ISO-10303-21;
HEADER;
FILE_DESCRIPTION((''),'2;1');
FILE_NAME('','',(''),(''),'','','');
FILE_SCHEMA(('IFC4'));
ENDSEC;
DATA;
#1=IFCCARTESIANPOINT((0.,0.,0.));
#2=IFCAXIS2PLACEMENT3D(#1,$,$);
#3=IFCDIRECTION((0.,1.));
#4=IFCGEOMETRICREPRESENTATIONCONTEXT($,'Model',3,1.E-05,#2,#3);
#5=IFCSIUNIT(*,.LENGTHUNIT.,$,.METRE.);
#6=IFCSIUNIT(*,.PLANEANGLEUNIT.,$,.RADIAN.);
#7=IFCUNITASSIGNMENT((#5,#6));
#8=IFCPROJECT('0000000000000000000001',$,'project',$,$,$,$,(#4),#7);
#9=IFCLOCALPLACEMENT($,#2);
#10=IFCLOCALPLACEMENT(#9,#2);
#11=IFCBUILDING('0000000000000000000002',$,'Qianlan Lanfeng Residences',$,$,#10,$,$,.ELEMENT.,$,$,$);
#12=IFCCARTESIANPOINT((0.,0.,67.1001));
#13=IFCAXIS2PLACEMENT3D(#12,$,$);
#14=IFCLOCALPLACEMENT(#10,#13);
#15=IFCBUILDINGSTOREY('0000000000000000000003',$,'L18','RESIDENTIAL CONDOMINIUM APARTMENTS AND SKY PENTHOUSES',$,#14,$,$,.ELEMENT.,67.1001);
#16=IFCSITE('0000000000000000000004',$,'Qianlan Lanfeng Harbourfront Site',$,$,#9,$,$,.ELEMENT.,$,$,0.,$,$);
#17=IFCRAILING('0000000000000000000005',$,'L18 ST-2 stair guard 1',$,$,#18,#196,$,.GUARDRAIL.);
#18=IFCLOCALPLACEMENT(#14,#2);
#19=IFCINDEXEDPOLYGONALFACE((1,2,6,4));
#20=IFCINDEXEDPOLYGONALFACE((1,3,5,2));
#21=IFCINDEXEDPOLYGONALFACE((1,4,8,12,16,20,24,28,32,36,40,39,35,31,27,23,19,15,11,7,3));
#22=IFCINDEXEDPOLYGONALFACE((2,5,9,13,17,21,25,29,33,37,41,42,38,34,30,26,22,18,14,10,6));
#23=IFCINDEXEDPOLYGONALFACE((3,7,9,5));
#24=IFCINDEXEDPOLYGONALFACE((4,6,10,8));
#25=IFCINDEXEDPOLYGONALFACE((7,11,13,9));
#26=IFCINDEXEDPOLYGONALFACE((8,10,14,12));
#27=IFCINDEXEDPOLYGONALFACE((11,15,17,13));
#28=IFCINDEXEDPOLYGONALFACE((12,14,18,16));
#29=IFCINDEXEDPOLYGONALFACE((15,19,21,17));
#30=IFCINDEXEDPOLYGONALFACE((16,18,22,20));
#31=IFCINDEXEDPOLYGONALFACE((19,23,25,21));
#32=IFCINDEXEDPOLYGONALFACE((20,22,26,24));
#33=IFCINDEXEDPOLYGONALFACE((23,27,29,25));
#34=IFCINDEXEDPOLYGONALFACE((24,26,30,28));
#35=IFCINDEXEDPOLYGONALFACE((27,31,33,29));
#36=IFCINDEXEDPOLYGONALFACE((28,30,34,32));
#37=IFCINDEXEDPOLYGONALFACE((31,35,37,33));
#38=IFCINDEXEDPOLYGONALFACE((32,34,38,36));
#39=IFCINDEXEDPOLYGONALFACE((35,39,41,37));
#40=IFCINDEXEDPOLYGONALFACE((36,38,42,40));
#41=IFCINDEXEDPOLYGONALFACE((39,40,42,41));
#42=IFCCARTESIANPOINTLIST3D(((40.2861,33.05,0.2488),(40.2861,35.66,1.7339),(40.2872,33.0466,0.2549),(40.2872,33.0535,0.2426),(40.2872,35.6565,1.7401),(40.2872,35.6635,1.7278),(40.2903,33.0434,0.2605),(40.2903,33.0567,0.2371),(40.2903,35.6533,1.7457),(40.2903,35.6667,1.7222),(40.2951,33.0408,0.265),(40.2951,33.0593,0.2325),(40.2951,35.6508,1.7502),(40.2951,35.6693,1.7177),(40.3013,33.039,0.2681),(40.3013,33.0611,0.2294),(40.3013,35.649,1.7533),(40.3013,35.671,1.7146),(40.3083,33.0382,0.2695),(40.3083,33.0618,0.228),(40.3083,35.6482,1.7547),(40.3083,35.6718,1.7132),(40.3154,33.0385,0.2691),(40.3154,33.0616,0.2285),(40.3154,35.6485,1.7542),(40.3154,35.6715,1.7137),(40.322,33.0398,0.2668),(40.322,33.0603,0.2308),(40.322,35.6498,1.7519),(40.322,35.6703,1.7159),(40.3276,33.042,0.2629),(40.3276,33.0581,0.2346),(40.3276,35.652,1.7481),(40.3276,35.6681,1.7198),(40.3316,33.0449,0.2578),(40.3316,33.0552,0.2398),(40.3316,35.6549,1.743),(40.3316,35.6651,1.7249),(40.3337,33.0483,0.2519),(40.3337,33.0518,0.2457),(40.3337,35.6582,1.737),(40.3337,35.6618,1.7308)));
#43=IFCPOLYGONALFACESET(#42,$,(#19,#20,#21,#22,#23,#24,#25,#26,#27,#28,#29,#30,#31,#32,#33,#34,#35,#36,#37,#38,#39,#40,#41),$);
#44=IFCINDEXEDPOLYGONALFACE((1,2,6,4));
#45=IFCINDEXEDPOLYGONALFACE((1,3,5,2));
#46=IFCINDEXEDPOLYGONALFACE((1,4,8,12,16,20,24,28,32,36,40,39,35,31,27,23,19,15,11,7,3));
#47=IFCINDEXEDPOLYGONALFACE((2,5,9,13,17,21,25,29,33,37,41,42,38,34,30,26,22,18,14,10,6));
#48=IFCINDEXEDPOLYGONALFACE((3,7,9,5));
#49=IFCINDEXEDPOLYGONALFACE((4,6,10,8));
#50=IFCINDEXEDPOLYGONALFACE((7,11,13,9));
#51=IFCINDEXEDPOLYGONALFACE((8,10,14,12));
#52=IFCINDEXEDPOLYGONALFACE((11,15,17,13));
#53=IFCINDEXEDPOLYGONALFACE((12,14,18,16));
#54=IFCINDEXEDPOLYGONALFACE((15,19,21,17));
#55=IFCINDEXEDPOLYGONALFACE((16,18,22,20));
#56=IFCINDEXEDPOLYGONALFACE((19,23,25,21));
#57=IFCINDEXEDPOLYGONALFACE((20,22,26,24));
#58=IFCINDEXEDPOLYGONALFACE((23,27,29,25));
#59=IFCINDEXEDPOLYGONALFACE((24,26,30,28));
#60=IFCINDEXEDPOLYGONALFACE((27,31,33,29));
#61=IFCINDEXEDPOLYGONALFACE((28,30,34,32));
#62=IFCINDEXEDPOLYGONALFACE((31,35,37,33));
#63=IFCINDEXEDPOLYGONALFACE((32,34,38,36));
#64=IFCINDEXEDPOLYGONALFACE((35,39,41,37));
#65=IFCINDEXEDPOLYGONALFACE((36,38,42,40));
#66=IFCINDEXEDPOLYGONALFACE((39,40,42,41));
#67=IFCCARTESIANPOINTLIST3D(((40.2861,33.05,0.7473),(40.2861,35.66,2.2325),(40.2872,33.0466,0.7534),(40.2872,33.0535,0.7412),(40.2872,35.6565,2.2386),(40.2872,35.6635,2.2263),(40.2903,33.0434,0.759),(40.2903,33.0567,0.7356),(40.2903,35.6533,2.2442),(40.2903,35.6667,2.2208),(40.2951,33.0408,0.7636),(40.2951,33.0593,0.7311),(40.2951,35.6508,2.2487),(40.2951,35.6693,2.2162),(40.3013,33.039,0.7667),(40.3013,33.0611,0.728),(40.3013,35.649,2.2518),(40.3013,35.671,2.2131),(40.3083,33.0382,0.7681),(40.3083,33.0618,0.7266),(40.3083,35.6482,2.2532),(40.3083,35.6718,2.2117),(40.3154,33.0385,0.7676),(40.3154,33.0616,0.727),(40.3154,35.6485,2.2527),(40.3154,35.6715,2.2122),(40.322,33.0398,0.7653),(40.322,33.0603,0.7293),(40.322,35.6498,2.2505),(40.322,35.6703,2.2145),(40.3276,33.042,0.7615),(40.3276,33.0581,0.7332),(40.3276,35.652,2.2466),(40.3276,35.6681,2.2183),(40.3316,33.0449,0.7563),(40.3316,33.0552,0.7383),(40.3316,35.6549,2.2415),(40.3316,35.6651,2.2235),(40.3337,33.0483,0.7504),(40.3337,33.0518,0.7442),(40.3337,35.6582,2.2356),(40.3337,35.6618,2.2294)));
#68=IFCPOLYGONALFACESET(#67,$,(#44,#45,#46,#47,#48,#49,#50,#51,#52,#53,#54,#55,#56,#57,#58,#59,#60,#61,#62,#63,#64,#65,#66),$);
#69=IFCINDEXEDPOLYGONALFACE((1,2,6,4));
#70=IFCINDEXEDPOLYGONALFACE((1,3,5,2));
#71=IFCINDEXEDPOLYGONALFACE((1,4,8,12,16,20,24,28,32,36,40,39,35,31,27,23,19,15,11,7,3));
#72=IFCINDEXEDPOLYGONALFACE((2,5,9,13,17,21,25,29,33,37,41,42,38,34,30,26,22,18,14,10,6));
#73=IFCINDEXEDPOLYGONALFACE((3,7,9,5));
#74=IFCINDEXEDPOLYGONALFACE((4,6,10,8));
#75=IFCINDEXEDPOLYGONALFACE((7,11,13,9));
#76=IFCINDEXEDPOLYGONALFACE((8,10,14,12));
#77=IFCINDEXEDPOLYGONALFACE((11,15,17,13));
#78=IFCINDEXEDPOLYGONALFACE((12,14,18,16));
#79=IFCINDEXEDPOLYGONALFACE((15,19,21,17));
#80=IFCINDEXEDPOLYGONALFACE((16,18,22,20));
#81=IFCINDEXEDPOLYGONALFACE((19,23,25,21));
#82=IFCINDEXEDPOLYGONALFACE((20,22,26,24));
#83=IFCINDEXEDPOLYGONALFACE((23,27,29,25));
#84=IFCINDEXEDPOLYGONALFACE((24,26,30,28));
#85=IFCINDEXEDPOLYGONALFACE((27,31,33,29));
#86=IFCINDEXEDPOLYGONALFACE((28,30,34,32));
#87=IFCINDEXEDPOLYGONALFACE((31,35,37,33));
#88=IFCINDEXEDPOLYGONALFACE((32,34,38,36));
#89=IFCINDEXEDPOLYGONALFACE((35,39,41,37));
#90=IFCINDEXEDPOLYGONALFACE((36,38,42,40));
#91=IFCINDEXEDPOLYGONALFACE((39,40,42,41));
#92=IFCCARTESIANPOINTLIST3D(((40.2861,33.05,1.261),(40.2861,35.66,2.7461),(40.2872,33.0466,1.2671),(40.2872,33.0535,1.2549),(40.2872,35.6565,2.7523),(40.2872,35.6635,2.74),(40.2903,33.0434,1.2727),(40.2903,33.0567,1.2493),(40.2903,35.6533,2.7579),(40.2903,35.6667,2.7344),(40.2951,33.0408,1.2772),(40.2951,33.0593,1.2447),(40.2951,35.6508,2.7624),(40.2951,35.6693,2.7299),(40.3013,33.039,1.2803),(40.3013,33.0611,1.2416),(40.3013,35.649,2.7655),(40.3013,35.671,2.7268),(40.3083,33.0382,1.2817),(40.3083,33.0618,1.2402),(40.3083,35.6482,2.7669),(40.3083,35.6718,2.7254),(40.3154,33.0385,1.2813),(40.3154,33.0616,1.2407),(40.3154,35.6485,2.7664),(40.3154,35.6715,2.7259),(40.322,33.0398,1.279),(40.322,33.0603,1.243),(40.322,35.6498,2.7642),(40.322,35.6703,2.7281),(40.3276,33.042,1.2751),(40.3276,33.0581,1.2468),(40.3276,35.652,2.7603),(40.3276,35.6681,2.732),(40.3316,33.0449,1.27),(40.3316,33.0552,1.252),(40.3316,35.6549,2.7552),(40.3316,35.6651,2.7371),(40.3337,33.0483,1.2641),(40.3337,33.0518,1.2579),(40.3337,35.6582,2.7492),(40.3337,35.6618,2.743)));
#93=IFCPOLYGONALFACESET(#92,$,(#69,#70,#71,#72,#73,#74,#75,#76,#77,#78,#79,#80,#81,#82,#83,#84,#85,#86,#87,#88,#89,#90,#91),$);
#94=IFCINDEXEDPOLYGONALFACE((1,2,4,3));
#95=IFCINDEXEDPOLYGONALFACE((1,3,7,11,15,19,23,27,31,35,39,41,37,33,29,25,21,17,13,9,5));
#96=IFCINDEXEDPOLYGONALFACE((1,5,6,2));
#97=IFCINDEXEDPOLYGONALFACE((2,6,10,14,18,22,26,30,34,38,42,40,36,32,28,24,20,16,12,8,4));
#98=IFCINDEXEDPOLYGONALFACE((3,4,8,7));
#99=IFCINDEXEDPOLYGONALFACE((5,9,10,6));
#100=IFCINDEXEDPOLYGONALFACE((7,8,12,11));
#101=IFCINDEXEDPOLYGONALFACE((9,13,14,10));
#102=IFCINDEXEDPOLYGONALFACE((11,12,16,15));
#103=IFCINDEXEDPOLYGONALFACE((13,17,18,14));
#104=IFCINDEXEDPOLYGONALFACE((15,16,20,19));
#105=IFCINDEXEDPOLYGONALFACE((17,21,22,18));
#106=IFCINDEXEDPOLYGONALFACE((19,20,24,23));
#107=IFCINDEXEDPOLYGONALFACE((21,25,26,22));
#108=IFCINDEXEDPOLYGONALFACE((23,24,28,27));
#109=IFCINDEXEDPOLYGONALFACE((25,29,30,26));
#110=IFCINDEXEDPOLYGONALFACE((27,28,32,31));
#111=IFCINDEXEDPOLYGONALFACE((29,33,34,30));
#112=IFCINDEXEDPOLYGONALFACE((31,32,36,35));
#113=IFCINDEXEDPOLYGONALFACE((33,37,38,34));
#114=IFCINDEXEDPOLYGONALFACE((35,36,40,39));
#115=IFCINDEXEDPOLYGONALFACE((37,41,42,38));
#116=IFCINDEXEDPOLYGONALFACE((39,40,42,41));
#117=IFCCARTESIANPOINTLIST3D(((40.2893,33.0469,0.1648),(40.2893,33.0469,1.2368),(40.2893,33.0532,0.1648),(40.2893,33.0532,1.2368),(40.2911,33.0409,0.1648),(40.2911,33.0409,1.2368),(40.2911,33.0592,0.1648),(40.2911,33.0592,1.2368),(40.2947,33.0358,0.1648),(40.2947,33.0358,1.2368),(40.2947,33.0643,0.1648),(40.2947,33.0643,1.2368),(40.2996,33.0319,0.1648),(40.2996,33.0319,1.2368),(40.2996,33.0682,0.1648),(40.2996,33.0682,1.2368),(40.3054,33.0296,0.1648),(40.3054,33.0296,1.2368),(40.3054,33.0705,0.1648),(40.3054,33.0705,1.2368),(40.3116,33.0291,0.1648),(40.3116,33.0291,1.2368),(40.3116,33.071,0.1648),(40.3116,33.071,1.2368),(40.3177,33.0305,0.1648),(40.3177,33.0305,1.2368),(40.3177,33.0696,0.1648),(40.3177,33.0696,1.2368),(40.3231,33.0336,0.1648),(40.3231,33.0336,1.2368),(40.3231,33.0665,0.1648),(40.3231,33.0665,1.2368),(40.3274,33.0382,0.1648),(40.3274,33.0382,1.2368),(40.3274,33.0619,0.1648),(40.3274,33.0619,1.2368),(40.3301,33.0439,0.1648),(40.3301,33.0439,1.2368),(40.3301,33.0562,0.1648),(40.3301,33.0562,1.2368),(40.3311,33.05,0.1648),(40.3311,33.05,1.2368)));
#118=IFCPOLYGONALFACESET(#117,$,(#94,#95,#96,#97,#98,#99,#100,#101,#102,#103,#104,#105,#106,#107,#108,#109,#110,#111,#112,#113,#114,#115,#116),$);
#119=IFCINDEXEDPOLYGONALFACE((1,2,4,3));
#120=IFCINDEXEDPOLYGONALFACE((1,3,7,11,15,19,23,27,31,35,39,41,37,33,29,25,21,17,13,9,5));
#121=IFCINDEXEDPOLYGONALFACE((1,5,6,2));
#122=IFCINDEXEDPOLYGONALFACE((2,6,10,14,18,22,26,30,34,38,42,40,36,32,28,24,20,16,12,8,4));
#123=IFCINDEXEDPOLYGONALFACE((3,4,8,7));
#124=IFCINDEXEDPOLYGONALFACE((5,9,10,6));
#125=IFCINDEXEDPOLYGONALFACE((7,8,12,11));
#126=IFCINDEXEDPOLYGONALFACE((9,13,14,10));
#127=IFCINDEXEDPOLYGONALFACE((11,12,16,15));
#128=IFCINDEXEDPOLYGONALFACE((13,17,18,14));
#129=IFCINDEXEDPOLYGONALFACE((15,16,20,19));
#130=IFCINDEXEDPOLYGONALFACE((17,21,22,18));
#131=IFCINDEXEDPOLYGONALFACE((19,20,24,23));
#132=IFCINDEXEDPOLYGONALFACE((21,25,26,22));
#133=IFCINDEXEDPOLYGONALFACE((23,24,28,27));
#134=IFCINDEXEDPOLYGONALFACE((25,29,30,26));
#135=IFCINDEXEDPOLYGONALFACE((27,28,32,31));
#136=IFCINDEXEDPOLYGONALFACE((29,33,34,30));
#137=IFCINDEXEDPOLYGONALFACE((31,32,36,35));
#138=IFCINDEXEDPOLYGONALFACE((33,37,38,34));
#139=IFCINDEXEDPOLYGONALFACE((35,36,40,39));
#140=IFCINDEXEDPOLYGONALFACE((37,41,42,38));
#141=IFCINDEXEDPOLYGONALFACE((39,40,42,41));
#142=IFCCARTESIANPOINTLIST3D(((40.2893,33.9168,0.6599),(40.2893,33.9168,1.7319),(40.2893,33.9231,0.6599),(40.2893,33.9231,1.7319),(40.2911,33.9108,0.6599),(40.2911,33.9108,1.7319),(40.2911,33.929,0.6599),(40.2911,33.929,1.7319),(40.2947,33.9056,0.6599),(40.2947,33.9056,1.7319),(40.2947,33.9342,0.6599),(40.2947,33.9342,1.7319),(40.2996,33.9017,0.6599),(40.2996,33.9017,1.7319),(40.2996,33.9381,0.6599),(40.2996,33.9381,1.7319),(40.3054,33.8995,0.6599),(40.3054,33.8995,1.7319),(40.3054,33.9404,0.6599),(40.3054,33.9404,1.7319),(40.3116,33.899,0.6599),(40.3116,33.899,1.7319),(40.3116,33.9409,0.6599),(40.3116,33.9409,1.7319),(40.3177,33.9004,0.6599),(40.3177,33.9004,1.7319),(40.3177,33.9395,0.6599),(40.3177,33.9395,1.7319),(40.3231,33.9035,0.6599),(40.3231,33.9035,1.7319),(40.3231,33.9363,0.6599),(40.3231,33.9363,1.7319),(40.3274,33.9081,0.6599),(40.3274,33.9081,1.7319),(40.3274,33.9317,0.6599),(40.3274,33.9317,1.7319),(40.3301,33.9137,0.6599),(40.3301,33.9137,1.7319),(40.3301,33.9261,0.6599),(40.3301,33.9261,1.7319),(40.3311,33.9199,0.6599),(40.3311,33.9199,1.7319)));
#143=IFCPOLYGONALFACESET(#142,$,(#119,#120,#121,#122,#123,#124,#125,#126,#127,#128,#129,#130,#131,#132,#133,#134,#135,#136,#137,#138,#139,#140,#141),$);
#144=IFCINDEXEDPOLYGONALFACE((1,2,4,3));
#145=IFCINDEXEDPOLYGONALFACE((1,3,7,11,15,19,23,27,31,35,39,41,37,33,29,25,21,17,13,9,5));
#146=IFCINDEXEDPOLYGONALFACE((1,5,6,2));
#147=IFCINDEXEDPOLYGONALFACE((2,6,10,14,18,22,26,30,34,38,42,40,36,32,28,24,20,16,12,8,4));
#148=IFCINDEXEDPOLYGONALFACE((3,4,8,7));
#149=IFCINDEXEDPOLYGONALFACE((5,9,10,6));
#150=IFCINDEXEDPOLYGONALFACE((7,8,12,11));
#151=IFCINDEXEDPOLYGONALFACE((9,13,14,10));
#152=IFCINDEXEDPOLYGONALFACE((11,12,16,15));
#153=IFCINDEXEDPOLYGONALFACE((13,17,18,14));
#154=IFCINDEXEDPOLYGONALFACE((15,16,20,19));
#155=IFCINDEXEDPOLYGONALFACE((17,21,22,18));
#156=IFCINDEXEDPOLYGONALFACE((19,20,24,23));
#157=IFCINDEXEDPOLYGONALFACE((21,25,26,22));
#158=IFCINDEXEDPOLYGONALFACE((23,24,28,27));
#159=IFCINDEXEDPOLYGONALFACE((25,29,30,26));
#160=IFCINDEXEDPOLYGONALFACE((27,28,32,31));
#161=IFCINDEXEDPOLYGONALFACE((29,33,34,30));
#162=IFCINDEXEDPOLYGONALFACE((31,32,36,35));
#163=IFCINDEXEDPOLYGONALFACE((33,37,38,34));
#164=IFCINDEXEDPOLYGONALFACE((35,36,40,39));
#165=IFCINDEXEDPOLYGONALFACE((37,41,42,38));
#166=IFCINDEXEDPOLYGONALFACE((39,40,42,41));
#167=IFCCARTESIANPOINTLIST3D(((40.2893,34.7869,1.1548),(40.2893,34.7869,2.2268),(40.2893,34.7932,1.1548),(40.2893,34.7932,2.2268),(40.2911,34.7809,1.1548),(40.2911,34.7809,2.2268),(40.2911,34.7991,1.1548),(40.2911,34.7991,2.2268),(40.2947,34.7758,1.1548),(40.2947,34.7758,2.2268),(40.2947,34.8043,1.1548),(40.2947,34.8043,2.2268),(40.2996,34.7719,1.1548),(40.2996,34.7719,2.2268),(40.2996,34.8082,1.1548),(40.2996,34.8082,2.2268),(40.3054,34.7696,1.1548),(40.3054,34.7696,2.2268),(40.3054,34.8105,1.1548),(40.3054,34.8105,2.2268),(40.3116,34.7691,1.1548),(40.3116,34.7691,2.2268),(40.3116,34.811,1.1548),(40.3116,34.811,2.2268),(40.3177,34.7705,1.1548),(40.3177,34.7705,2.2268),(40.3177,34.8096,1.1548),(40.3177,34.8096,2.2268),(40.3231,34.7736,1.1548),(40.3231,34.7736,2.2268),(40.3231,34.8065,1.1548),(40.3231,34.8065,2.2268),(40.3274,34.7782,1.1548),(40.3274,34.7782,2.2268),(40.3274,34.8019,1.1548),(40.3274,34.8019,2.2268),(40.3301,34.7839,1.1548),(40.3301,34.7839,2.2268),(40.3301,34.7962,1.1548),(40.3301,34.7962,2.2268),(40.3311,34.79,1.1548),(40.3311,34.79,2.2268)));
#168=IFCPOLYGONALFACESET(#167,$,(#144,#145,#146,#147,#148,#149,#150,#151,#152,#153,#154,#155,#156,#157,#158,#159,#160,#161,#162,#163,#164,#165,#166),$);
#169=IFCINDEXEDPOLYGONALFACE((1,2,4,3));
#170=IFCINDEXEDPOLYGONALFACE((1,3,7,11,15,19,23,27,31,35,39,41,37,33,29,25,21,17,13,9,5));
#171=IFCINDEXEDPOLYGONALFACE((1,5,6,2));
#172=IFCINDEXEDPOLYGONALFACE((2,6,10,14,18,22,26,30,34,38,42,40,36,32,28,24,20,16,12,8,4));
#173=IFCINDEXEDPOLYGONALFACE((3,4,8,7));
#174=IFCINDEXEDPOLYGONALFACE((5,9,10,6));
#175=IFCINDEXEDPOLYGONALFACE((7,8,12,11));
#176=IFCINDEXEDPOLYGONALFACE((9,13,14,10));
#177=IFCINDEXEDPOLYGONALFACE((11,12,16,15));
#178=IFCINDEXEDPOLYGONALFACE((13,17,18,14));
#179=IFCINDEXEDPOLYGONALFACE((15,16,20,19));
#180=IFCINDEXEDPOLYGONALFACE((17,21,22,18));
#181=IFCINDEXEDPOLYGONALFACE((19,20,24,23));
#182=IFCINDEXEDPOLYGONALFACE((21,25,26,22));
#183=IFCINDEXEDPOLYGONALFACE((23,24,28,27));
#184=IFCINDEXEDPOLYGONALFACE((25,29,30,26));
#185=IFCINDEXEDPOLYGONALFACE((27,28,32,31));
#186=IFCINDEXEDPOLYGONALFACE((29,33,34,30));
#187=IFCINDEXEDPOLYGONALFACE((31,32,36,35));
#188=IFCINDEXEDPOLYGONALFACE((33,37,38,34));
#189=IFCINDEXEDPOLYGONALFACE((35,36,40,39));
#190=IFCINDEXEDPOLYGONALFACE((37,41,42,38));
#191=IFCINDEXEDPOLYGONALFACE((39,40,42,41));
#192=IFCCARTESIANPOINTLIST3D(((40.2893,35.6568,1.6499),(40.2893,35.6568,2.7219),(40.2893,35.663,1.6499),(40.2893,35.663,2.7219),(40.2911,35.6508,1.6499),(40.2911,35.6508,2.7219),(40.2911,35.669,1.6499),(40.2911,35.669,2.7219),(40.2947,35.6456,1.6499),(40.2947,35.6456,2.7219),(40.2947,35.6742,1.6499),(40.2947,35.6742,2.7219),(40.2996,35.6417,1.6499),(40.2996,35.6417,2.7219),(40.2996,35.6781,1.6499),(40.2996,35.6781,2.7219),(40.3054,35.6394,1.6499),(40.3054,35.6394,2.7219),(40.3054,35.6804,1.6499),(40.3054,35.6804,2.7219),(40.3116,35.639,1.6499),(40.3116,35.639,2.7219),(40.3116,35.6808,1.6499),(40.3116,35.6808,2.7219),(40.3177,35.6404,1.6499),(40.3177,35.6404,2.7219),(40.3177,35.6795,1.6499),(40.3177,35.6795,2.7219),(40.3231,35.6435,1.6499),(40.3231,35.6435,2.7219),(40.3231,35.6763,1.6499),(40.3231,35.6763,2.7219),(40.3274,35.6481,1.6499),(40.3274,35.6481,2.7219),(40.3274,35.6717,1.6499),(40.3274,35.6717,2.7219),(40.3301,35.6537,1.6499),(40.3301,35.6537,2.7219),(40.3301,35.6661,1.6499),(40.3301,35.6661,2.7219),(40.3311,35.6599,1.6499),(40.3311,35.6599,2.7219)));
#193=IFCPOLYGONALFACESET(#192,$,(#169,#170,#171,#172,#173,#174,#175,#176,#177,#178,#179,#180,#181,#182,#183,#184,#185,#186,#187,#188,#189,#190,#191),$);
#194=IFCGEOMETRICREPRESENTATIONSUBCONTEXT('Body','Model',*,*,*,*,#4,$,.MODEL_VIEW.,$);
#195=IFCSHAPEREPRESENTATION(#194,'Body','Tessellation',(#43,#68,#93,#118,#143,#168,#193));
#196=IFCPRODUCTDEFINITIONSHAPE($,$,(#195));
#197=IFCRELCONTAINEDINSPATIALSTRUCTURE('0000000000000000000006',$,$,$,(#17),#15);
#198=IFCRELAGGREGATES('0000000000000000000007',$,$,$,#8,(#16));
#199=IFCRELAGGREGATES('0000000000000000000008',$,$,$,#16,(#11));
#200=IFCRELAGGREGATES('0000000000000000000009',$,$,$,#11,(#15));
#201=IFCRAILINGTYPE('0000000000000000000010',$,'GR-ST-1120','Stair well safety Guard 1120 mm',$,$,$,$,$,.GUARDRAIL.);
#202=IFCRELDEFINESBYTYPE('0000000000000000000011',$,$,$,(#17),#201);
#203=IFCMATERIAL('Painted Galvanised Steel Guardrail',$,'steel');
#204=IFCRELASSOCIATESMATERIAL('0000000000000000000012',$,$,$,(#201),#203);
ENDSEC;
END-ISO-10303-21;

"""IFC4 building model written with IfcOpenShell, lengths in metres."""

from ifc_helpers import new_model, si_unit, direction, frame, origin, origin_2d, place, context, subcontext, project, spatial, circle, extrude, material, type_object, element, save


model = new_model("IFC4")

# Units and contexts
model_context = context("Model", 3, precision=1e-05, world=origin(), true_north=direction((0.0, 1.0)))
body_context = subcontext(model_context, "Body", "Model", "MODEL_VIEW")
ifc_project = project(units=[si_unit("LENGTHUNIT", "METRE"), si_unit("PLANEANGLEUNIT", "RADIAN")], contexts=[model_context])

# Site, building, storey
site_placement = place(None, origin())
site = spatial("IfcSite", under=ifc_project, at=site_placement, Name="Qianlan Lanfeng Harbourfront Site", CompositionType="ELEMENT", RefElevation=0.0)
building_placement = place(site_placement, origin())
building = spatial("IfcBuilding", under=site, at=building_placement, Name="Qianlan Lanfeng Residences", CompositionType="ELEMENT")
storey_placement = place(building_placement, frame((0.0, 0.0, 67.1001)))
storey = spatial("IfcBuildingStorey", under=building, at=storey_placement, Name="L18", Description="RESIDENTIAL CONDOMINIUM APARTMENTS AND SKY PENTHOUSES", CompositionType="ELEMENT", Elevation=67.1001)

# Railing
ifc_material_1 = material(Name="Painted Galvanised Steel Guardrail", Category="steel")
railing_type_1 = type_object("IfcRailingType", Name="GR-ST-1120", Description="Stair well safety Guard 1120 mm", PredefinedType="GUARDRAIL", material=ifc_material_1)
railing_1_placement = place(storey_placement, frame((40.3101, 33.05, 0.1648)))
element("IfcRailing", 1, at=railing_1_placement, inside=storey, type_object=railing_type_1, Name="L18 ST-2 stair guard 1", PredefinedType="GUARDRAIL", context=body_context, shape_type="SweptSolid", body=[
    extrude(circle(Radius=0.0239, at=origin_2d()), frame((0.0, 0.0, 0.084), z_axis=(0.0, 0.869137, 0.494571), x_axis=(-1.0, 0.0, 0.0)), (0.0, 0.0, 1.0), 3.0029),
    extrude(circle(Radius=0.0239, at=origin_2d()), frame((0.0, 0.0, 0.5825), z_axis=(0.0, 0.869137, 0.494571), x_axis=(-1.0, 0.0, 0.0)), (0.0, 0.0, 1.0), 3.0029),
    extrude(circle(Radius=0.0239, at=origin_2d()), frame((0.0, 0.0, 1.0962), z_axis=(0.0, 0.869137, 0.494571), x_axis=(-1.0, 0.0, 0.0)), (0.0, 0.0, 1.0), 3.0029),
    extrude(circle(Radius=0.021, at=origin_2d()), origin(), (0.0, 0.0, 1.0), 1.072),
    extrude(circle(Radius=0.021, at=origin_2d()), frame((0.0, 0.8699, 0.4951)), (0.0, 0.0, 1.0), 1.072),
    extrude(circle(Radius=0.021, at=origin_2d()), frame((0.0, 1.74, 0.99)), (0.0, 0.0, 1.0), 1.072),
    extrude(circle(Radius=0.021, at=origin_2d()), frame((0.0, 2.6099, 1.4851)), (0.0, 0.0, 1.0), 1.072),
])

save(model, "model.ifc")
